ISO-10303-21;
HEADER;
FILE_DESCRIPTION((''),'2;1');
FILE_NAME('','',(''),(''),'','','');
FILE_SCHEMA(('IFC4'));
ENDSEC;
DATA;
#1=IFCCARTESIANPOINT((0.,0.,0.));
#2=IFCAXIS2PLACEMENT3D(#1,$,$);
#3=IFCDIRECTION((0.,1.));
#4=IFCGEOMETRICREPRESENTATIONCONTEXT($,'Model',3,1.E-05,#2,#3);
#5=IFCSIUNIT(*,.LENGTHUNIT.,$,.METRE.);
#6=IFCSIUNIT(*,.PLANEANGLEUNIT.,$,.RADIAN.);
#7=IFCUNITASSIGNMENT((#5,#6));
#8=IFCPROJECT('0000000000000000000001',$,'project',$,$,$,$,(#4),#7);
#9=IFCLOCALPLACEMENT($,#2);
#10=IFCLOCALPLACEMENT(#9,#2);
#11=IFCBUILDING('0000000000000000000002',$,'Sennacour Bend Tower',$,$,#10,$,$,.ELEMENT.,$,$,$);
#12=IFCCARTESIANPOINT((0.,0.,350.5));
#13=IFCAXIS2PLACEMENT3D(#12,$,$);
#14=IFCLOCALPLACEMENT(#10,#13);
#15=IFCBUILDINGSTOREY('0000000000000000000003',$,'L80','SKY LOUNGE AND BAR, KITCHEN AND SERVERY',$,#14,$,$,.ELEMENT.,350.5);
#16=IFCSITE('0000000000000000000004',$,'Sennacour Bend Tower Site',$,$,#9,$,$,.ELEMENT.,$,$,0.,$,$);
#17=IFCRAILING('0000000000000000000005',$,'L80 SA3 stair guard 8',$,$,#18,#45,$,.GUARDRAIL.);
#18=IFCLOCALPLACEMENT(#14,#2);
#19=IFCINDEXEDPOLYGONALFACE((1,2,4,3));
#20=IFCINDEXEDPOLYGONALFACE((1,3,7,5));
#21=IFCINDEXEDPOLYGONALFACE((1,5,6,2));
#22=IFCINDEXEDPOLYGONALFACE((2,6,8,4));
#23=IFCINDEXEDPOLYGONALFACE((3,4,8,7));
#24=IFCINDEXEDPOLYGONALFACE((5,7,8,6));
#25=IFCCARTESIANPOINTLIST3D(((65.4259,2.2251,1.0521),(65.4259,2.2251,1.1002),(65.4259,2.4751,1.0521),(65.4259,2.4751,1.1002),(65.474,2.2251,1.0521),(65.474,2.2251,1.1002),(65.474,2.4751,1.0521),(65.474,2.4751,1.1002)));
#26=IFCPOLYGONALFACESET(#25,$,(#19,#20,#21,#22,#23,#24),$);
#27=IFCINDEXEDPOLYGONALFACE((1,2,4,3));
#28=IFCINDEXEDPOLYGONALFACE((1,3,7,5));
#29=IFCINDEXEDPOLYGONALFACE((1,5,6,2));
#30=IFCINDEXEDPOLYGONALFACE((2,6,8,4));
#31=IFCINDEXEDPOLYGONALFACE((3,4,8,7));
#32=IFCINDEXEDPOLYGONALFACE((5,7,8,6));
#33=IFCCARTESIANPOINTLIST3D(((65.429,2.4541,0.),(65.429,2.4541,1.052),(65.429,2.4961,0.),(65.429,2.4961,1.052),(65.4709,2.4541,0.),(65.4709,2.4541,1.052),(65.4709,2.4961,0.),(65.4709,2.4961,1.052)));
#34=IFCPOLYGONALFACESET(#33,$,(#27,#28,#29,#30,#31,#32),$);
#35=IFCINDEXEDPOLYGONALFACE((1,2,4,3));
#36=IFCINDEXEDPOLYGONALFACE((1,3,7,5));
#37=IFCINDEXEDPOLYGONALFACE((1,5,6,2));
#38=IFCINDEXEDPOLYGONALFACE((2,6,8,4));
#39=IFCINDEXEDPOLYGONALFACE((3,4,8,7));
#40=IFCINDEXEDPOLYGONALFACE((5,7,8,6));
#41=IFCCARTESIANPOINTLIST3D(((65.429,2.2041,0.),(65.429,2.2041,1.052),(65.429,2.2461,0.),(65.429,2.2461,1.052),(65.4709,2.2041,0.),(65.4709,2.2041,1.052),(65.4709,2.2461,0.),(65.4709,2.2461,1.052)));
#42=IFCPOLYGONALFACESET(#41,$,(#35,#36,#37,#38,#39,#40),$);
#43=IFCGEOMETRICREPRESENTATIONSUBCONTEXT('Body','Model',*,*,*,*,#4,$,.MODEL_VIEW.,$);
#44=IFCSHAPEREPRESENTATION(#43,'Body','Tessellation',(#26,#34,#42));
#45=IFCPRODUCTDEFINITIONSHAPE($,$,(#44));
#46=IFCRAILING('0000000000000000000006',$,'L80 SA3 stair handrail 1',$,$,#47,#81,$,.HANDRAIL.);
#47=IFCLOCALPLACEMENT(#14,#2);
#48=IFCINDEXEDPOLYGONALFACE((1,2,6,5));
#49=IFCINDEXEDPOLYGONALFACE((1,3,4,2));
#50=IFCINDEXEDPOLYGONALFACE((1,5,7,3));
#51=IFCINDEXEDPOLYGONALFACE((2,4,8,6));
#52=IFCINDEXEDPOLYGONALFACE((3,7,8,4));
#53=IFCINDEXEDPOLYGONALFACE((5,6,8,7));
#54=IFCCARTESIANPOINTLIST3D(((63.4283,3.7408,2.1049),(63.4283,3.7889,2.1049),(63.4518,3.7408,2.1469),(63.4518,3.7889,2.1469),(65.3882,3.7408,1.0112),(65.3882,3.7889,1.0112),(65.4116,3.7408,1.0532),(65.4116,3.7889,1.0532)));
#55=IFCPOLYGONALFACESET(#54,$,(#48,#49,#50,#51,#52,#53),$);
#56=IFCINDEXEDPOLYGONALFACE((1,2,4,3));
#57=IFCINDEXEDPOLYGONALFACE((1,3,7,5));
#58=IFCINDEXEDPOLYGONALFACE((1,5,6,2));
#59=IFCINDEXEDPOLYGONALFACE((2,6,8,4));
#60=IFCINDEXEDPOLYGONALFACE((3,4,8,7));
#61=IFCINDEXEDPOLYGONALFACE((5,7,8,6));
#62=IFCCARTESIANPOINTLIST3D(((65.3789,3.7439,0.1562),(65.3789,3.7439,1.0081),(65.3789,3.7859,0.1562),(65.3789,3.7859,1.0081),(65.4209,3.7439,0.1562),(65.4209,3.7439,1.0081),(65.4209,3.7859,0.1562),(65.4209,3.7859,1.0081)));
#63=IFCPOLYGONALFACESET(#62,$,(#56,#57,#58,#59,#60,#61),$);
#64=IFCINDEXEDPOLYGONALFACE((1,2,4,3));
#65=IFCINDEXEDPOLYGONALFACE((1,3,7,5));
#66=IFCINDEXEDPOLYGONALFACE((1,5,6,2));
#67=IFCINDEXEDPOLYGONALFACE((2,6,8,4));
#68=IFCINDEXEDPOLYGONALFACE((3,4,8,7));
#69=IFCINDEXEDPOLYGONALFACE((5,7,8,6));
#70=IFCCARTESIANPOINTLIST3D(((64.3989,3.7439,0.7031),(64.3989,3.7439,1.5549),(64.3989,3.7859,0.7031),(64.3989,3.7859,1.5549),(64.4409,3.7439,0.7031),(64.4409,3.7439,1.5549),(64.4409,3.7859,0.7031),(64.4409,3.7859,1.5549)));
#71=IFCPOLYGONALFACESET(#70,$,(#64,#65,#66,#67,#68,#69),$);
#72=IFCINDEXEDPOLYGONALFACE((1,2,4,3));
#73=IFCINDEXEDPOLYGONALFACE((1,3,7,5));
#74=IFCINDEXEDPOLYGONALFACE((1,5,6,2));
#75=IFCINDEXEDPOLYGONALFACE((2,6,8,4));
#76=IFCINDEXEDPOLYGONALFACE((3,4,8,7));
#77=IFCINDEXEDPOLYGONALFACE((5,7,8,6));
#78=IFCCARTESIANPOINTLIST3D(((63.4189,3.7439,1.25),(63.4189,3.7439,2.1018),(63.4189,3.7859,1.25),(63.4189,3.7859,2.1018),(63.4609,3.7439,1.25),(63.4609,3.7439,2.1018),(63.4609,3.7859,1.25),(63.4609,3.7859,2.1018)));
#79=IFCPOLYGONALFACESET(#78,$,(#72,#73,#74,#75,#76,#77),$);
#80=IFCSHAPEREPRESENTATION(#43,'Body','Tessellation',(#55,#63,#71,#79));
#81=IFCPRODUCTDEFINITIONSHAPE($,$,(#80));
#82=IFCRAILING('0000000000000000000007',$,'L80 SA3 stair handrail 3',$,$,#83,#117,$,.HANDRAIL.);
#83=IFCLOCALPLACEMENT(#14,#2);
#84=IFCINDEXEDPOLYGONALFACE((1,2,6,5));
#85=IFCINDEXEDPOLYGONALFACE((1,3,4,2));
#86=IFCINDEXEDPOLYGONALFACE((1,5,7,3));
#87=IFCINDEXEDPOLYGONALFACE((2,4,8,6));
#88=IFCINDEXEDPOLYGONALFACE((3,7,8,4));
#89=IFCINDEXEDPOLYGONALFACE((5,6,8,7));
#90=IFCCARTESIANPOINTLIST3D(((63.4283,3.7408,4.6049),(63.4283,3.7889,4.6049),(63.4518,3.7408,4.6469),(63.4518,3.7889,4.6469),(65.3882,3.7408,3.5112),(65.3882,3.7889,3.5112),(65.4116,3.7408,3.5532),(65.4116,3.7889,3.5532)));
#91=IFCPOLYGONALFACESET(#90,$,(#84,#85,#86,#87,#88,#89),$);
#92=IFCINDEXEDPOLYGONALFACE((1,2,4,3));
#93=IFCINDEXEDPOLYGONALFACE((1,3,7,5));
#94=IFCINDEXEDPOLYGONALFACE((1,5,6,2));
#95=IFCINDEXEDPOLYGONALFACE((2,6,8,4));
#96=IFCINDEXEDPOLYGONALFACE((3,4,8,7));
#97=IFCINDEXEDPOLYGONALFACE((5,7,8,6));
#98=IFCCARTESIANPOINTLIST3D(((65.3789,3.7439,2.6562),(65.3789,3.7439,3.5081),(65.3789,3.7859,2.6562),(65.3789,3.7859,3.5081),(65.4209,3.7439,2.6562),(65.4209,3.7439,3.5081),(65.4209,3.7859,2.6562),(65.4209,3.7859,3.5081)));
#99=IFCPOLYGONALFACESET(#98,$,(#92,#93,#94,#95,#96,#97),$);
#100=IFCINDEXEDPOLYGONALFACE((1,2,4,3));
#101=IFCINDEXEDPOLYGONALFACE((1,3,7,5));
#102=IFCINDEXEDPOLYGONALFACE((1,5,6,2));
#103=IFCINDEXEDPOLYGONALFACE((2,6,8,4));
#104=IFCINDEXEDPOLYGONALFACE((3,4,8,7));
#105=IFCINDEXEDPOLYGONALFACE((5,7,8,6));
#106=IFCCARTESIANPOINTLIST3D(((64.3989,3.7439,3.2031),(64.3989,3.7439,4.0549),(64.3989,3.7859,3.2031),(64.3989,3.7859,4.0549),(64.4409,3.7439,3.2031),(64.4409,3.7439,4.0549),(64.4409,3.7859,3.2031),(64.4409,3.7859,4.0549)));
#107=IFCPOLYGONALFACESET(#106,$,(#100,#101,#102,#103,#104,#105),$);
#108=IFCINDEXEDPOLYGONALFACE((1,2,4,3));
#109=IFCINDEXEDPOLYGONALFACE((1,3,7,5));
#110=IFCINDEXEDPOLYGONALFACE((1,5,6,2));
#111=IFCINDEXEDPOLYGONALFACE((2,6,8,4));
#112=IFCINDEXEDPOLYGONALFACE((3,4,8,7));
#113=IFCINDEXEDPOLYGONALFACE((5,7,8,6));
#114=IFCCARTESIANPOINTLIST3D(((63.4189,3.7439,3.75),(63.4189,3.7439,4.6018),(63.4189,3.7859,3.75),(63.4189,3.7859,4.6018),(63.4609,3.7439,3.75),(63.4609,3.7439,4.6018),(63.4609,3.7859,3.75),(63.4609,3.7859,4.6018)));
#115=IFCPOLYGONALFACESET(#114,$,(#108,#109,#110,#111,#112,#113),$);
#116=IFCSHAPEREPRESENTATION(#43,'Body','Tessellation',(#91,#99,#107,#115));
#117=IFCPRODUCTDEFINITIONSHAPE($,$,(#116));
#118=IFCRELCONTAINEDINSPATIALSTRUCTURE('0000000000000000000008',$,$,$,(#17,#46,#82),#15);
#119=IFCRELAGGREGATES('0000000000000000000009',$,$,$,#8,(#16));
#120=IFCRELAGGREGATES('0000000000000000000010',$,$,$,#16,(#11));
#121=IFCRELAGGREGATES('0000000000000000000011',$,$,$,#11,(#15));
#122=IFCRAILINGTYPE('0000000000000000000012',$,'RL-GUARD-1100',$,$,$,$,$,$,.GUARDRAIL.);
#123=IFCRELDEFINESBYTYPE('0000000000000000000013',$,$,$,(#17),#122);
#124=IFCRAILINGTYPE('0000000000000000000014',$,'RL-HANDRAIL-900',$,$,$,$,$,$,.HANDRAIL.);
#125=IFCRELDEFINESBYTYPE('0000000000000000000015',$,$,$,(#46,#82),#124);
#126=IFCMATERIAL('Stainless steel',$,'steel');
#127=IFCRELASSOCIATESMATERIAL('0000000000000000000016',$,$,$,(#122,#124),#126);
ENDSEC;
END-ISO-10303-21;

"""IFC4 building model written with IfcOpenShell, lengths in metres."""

from ifc_helpers import new_model, si_unit, direction, frame, origin, origin_2d, place, context, subcontext, project, spatial, rectangle, extrude, material, type_object, element, save


model = new_model("IFC4")

# Units and contexts
model_context = context("Model", 3, precision=1e-05, world=origin(), true_north=direction((0.0, 1.0)))
body_context = subcontext(model_context, "Body", "Model", "MODEL_VIEW")
ifc_project = project(units=[si_unit("LENGTHUNIT", "METRE"), si_unit("PLANEANGLEUNIT", "RADIAN")], contexts=[model_context])

# Site, building, storey
site_placement = place(None, origin())
site = spatial("IfcSite", under=ifc_project, at=site_placement, Name="Sennacour Bend Tower Site", CompositionType="ELEMENT", RefElevation=0.0)
building_placement = place(site_placement, origin())
building = spatial("IfcBuilding", under=site, at=building_placement, Name="Sennacour Bend Tower", CompositionType="ELEMENT")
storey_placement = place(building_placement, frame((0.0, 0.0, 350.5)))
storey = spatial("IfcBuildingStorey", under=building, at=storey_placement, Name="L80", Description="SKY LOUNGE AND BAR, KITCHEN AND SERVERY", CompositionType="ELEMENT", Elevation=350.5)

# Railings
ifc_material_1 = material(Name="Stainless steel", Category="steel")
railing_type_1 = type_object("IfcRailingType", Name="RL-GUARD-1100", PredefinedType="GUARDRAIL", material=ifc_material_1)
railing_1_placement = place(storey_placement, frame((65.45, 2.4751, 0.0)))
element("IfcRailing", 1, at=railing_1_placement, inside=storey, type_object=railing_type_1, Name="L80 SA3 stair guard 8", PredefinedType="GUARDRAIL", context=body_context, shape_type="SweptSolid", body=[
    extrude(rectangle(XDim=0.0481, YDim=0.0481, at=origin_2d()), frame((0.0, 0.0, 1.0762), z_axis=(0.0, -1.0, 0.0), x_axis=(1.0, 0.0, 0.0)), (0.0, 0.0, 1.0), 0.25),
    extrude(rectangle(XDim=0.042, YDim=0.042, at=origin_2d()), origin(), (0.0, 0.0, 1.0), 1.052),
    extrude(rectangle(XDim=0.042, YDim=0.042, at=origin_2d()), frame((0.0, -0.25, 0.0)), (0.0, 0.0, 1.0), 1.052),
])
railing_type_2 = type_object("IfcRailingType", Name="RL-HANDRAIL-900", PredefinedType="HANDRAIL", material=ifc_material_1)
for number, where, name in (
    (2, (65.3999, 3.7649, 0.1562), "L80 SA3 stair handrail 1"),
    (3, (65.3999, 3.7649, 2.6562), "L80 SA3 stair handrail 3"),
):
    element("IfcRailing", number, at=place(storey_placement, frame(where)), inside=storey, type_object=railing_type_2, Name=name, PredefinedType="HANDRAIL", context=body_context, shape_type="SweptSolid", body=[
        extrude(rectangle(XDim=0.0481, YDim=0.0481, at=origin_2d()), frame((0.0, 0.0, 0.876), z_axis=(-0.873232, 0.0, 0.487304), x_axis=(0.0, -1.0, 0.0)), (0.0, 0.0, 1.0), 2.2444),
        extrude(rectangle(XDim=0.042, YDim=0.042, at=origin_2d()), origin(), (0.0, 0.0, 1.0), 0.8518),
        extrude(rectangle(XDim=0.042, YDim=0.042, at=origin_2d()), frame((-0.98, 0.0, 0.5469)), (0.0, 0.0, 1.0), 0.8518),
        extrude(rectangle(XDim=0.042, YDim=0.042, at=origin_2d()), frame((-1.96, 0.0, 1.0938)), (0.0, 0.0, 1.0), 0.8518),
    ])

save(model, "model.ifc")
